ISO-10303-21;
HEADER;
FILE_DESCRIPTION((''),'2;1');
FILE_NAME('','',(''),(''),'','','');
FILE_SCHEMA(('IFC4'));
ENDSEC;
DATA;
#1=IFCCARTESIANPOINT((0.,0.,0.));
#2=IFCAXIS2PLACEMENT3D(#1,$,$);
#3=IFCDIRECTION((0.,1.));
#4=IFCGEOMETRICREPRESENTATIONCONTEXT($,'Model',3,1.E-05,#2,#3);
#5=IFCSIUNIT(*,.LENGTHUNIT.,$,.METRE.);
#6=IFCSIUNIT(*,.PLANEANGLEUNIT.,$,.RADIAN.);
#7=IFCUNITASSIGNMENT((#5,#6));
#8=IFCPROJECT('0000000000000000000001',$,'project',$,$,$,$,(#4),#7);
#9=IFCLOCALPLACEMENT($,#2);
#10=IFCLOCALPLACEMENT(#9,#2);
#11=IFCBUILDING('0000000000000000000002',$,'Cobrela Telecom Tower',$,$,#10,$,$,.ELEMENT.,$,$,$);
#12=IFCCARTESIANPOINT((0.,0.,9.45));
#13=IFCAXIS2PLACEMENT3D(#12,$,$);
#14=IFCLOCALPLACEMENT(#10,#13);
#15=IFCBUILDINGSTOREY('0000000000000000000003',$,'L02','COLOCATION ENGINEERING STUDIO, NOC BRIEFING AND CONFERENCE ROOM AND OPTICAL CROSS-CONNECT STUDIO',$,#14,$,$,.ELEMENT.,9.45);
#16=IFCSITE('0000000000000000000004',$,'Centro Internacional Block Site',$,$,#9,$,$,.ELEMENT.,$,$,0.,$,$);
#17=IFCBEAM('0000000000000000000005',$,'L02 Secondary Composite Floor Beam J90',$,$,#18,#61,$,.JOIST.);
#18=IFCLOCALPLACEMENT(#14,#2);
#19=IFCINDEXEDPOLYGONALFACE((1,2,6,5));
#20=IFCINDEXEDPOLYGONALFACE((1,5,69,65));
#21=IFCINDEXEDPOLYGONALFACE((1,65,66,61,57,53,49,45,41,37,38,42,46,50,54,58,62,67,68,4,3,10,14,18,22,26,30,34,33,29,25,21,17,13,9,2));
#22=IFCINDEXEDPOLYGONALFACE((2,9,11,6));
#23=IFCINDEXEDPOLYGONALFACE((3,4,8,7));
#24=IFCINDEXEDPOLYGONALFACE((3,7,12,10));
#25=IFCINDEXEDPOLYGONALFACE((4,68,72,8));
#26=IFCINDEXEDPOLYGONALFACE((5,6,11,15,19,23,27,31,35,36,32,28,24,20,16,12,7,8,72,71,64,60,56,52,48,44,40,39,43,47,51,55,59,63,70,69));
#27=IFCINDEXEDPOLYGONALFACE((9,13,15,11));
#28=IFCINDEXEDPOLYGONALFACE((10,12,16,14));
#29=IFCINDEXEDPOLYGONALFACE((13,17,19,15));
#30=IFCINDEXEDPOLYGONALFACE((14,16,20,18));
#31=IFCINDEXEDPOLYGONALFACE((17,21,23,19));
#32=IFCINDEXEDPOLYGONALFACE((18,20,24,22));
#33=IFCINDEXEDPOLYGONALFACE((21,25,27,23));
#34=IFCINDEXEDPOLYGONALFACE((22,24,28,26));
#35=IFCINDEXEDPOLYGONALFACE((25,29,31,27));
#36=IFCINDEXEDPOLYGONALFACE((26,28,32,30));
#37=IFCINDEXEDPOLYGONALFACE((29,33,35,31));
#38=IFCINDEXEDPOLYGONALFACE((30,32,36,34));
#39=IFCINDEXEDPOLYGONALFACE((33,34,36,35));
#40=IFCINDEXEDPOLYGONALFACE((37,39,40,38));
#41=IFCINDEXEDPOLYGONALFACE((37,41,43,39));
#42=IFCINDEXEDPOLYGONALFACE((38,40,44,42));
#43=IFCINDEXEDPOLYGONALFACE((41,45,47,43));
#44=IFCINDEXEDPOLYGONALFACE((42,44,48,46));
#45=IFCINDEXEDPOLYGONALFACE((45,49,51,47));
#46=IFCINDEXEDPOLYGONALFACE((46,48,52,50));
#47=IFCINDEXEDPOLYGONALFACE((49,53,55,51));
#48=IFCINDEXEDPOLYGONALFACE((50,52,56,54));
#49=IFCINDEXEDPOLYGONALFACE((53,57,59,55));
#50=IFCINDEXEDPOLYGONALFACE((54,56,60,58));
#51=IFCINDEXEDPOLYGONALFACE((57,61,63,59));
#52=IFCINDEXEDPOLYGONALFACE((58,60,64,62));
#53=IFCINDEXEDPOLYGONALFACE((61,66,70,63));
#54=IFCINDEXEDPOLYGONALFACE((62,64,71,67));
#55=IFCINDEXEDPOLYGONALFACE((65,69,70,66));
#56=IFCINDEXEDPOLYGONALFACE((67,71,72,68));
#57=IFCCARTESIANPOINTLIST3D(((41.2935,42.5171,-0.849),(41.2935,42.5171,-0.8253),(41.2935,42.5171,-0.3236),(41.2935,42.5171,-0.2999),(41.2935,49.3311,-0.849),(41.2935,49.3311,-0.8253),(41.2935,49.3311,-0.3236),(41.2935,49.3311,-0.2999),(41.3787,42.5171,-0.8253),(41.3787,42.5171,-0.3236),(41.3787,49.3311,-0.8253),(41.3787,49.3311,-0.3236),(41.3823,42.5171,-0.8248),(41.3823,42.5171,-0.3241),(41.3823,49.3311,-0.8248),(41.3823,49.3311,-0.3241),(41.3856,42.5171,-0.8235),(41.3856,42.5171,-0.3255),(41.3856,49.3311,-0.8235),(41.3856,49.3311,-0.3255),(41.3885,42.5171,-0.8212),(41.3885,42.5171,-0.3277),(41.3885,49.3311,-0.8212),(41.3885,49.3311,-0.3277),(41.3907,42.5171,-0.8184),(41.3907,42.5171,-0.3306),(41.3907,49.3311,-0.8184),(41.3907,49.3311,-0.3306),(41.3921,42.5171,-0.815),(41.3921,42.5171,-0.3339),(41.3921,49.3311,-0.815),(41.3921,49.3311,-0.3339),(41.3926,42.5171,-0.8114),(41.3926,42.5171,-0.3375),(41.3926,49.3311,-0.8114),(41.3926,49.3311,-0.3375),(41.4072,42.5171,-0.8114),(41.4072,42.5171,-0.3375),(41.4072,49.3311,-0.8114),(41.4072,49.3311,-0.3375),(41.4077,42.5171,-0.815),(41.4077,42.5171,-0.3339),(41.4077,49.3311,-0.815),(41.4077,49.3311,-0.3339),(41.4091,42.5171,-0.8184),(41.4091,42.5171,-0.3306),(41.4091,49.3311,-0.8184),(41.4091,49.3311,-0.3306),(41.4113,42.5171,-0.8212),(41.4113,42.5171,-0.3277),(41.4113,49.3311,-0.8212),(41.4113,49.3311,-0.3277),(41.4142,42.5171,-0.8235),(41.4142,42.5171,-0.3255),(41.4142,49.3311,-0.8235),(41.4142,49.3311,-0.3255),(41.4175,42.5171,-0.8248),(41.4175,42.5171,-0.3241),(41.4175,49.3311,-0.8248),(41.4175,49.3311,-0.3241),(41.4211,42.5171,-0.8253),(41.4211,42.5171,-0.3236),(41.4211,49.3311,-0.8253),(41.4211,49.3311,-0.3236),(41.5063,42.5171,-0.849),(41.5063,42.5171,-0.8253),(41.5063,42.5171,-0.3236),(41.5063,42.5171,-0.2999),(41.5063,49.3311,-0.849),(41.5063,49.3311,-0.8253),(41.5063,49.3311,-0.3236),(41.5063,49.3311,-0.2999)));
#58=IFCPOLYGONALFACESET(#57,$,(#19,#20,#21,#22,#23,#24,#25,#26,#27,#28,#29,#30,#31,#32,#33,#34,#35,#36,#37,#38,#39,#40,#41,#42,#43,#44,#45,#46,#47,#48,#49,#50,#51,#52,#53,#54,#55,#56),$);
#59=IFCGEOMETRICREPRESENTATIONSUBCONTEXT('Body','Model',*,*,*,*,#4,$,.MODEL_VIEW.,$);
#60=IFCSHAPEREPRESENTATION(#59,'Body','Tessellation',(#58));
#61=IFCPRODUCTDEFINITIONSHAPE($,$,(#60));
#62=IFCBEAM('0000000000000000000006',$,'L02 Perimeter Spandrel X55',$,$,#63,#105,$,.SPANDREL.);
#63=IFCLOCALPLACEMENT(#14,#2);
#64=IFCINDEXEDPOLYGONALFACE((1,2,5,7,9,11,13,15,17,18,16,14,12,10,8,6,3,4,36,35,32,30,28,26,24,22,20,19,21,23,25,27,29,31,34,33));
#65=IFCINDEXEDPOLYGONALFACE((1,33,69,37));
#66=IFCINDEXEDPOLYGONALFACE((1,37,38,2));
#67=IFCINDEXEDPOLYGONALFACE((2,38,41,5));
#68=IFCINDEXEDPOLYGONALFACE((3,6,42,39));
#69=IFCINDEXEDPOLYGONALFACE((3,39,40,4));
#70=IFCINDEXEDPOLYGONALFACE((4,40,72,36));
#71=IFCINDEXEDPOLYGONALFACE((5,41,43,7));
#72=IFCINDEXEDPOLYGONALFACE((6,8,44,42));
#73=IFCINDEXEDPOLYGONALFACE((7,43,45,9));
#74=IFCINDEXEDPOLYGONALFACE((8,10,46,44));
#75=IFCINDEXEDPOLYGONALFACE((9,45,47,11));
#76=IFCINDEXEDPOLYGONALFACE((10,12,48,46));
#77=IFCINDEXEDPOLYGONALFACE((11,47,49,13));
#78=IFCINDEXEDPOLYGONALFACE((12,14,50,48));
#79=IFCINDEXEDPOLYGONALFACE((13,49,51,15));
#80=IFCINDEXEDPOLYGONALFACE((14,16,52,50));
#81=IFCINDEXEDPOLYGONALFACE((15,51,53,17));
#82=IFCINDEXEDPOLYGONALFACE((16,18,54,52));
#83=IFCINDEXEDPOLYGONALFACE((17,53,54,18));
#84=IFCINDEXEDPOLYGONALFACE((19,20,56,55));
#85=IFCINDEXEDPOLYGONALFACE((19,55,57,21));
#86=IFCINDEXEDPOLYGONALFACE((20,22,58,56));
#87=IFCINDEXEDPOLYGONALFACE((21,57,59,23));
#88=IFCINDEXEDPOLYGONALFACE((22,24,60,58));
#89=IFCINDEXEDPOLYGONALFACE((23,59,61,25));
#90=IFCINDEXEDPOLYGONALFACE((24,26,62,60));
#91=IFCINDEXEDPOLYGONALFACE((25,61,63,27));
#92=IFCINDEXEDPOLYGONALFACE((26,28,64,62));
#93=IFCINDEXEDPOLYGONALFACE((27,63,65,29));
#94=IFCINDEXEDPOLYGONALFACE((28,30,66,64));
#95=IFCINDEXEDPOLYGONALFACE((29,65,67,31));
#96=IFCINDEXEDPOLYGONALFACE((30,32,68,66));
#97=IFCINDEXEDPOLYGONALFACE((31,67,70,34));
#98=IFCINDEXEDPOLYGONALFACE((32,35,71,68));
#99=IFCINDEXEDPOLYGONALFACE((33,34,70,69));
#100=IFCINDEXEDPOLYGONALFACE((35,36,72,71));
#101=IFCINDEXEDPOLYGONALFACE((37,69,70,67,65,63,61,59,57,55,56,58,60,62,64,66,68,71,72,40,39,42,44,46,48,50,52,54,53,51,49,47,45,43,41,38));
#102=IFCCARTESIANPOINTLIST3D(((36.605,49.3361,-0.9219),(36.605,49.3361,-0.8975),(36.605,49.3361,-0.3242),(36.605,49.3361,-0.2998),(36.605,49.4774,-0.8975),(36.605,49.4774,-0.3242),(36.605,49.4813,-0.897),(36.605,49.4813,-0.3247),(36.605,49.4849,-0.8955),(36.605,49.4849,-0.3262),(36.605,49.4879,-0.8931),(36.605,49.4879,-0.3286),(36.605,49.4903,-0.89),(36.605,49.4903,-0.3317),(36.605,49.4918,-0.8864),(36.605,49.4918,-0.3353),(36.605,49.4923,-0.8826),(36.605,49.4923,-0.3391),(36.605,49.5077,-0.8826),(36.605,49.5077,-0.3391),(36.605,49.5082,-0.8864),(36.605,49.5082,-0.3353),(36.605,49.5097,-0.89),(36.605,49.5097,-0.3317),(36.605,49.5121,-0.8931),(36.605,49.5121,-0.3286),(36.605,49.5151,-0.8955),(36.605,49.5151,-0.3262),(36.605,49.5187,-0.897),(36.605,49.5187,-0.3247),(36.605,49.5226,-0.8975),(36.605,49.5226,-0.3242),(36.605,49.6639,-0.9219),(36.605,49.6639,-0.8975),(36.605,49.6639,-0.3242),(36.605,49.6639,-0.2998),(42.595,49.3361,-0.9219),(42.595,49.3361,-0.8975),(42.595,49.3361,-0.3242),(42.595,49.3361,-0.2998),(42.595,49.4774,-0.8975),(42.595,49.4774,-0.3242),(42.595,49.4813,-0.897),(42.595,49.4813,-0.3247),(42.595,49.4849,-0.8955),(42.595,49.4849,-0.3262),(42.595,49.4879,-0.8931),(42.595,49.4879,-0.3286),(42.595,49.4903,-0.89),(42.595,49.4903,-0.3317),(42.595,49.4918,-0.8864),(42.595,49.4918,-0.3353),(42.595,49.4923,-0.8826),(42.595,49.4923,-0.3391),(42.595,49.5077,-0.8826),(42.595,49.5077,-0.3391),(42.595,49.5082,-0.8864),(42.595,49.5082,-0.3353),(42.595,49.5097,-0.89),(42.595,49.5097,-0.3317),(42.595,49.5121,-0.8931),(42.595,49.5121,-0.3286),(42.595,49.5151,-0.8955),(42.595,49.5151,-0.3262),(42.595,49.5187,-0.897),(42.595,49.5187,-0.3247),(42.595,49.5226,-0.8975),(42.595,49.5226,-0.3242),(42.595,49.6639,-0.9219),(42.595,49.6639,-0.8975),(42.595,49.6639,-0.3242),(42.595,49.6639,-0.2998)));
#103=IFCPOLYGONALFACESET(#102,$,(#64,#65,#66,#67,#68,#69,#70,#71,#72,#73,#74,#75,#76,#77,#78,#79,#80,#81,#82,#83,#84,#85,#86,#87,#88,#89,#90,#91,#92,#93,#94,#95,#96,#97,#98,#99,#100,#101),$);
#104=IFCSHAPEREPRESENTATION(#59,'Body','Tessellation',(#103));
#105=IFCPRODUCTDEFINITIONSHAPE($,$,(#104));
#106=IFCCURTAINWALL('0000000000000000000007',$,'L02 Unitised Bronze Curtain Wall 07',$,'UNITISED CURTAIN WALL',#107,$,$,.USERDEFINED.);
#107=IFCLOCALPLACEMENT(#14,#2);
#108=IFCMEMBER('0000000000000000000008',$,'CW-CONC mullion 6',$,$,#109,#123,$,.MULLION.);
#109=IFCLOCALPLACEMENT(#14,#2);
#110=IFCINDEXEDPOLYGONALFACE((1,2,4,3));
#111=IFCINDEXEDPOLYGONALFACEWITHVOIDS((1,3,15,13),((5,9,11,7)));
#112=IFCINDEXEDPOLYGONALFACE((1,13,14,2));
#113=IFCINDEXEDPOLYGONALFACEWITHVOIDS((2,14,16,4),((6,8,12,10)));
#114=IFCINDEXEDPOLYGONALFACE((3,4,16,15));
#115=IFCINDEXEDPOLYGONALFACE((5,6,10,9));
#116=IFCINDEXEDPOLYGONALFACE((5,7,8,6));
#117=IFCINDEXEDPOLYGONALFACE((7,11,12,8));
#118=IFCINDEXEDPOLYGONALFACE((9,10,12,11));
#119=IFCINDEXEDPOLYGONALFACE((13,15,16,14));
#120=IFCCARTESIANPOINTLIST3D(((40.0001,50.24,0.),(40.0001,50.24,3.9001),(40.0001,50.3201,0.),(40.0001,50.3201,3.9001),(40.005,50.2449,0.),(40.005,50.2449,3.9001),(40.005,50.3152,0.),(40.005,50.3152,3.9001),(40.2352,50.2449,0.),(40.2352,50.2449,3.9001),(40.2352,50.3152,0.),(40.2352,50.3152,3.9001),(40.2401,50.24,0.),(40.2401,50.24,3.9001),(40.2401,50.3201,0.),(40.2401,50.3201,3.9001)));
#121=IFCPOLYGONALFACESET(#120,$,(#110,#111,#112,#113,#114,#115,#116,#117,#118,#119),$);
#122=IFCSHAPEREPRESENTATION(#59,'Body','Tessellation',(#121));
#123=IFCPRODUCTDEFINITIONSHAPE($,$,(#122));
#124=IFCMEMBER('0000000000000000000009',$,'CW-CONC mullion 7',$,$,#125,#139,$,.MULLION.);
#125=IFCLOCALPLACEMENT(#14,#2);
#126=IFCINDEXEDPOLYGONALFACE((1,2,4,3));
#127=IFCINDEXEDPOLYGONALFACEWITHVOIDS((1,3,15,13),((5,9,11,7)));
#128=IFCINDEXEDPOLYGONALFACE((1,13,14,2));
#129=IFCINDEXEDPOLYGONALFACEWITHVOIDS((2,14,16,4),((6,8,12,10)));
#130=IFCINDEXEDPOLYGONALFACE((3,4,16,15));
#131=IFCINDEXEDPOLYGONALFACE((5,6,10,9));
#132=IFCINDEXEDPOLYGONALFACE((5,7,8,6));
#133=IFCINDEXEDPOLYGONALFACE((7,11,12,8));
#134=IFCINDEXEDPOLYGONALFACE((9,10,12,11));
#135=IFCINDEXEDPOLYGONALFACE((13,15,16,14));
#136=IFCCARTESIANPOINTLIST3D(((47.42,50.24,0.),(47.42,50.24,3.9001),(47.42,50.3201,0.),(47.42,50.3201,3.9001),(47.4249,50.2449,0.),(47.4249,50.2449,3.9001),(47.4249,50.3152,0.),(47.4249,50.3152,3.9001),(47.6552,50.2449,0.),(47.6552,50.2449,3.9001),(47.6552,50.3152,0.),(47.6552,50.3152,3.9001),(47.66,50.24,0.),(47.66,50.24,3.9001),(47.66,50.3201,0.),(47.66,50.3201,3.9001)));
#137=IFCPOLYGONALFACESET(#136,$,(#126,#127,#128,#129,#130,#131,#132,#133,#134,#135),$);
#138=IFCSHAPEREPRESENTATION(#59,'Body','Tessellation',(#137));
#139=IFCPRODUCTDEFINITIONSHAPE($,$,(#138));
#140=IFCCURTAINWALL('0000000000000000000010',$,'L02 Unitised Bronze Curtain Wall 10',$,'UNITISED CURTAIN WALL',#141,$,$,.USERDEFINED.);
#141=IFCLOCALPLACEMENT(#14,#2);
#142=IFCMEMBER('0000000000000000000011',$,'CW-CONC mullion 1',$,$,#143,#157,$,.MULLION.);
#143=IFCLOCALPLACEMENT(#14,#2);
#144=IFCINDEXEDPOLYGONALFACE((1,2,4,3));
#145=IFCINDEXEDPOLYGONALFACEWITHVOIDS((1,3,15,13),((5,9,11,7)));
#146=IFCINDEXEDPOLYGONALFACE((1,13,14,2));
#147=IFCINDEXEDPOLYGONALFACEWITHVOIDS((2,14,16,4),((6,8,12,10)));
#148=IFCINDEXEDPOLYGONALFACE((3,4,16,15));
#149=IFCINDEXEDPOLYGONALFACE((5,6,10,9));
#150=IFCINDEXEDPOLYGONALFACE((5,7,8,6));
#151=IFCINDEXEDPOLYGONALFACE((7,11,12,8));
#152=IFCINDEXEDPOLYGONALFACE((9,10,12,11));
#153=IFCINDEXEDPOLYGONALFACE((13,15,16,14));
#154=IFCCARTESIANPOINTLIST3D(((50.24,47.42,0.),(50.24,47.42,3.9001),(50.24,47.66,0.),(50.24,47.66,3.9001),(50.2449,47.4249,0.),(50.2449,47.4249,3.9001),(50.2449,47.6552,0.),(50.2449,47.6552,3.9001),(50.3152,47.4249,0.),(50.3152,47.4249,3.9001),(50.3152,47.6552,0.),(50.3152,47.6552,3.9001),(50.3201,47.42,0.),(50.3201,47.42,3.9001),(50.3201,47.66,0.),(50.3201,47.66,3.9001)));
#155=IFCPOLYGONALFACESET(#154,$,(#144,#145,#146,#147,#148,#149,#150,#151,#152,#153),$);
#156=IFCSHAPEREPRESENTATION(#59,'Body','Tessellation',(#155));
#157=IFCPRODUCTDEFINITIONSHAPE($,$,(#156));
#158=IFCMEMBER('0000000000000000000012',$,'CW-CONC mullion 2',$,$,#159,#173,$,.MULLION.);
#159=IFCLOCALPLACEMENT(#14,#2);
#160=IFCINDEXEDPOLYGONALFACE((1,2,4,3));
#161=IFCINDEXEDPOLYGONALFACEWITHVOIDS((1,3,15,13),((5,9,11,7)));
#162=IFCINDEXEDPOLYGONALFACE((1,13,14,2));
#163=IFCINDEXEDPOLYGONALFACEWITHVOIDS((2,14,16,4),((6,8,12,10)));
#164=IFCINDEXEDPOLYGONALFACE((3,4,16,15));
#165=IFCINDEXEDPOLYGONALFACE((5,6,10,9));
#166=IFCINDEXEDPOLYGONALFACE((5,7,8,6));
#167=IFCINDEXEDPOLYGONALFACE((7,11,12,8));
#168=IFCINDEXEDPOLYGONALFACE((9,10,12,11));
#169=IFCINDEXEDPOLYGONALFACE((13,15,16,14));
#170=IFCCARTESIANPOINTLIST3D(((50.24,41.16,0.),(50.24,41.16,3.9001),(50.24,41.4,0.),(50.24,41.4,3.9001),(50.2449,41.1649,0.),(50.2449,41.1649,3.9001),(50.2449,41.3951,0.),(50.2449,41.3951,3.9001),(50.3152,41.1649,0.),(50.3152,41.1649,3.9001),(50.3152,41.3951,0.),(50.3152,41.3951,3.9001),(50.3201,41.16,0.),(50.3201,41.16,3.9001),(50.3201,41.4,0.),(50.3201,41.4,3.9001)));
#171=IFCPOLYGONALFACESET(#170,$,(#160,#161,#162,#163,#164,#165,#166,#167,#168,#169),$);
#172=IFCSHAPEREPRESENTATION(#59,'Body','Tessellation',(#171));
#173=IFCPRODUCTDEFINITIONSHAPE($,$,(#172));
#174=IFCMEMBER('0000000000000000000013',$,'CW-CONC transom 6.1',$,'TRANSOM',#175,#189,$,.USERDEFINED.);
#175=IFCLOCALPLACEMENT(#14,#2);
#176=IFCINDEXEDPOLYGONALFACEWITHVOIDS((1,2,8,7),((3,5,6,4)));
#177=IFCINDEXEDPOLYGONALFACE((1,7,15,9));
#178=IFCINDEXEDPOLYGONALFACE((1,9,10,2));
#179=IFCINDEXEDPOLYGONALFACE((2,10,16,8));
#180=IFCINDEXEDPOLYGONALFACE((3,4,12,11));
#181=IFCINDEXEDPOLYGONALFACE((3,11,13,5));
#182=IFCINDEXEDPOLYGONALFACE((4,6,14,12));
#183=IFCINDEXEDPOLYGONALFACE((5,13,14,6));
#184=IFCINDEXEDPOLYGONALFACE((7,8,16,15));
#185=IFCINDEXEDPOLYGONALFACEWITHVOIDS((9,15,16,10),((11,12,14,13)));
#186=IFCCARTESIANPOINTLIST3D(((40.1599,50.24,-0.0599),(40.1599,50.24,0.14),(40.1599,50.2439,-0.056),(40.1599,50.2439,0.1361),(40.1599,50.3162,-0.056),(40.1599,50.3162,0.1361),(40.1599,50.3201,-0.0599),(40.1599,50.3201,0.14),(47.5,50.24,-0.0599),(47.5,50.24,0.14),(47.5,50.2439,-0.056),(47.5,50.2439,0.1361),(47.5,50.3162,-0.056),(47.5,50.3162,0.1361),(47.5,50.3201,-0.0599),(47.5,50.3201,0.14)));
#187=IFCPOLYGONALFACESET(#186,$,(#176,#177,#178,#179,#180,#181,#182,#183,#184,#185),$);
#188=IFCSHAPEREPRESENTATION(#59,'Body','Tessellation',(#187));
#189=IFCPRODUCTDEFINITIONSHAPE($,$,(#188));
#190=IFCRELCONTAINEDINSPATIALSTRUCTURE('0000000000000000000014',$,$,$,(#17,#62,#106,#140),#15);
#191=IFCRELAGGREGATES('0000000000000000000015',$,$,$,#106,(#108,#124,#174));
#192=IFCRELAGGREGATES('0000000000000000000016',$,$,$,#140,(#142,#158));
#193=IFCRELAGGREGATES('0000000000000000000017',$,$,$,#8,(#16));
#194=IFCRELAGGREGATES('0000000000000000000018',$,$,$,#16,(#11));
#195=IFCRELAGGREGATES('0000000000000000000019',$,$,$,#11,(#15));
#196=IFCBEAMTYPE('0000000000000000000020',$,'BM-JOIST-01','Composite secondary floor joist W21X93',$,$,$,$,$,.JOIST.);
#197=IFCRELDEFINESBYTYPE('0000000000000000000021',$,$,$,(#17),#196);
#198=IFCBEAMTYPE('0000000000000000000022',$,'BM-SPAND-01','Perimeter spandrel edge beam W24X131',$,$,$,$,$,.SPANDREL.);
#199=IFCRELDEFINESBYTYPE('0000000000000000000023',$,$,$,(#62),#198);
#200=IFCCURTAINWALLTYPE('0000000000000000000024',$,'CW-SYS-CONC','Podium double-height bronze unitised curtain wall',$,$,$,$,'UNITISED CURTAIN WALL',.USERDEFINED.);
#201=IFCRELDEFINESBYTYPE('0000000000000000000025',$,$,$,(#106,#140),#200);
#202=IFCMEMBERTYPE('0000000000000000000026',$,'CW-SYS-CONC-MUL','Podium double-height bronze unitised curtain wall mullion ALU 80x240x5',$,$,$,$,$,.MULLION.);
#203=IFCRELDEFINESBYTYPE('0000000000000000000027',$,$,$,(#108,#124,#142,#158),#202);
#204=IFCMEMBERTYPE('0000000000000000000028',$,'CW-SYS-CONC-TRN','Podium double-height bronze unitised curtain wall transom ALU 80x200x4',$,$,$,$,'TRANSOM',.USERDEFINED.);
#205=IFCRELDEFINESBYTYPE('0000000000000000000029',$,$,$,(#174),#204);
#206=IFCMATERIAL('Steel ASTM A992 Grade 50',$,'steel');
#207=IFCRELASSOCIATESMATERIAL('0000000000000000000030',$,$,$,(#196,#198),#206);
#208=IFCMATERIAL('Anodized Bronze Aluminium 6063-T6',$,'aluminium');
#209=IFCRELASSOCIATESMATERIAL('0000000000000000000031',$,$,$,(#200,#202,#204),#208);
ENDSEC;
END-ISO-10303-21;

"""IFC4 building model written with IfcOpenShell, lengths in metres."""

from ifc_helpers import new_model, si_unit, direction, frame, origin, origin_2d, place, context, subcontext, project, spatial, hollow_rectangle, i_section, extrude, material, material_profile, profile_set, type_object, element, aggregate, save


model = new_model("IFC4")

# Units and contexts
model_context = context("Model", 3, precision=1e-05, world=origin(), true_north=direction((0.0, 1.0)))
body_context = subcontext(model_context, "Body", "Model", "MODEL_VIEW")
ifc_project = project(units=[si_unit("LENGTHUNIT", "METRE"), si_unit("PLANEANGLEUNIT", "RADIAN")], contexts=[model_context])

# Site, building, storey
site_placement = place(None, origin())
site = spatial("IfcSite", under=ifc_project, at=site_placement, Name="Centro Internacional Block Site", CompositionType="ELEMENT", RefElevation=0.0)
building_placement = place(site_placement, origin())
building = spatial("IfcBuilding", under=site, at=building_placement, Name="Cobrela Telecom Tower", CompositionType="ELEMENT")
storey_placement = place(building_placement, frame((0.0, 0.0, 9.45)))
storey = spatial("IfcBuildingStorey", under=building, at=storey_placement, Name="L02", Description="COLOCATION ENGINEERING STUDIO, NOC BRIEFING AND CONFERENCE ROOM AND OPTICAL CROSS-CONNECT STUDIO", CompositionType="ELEMENT", Elevation=9.45)

# Beams
ifc_material_1 = material(Name="Steel ASTM A992 Grade 50", Category="steel")
ifc_material_profile_1 = material_profile(ifc_material_1, i_section(OverallWidth=0.2129, OverallDepth=0.5491, WebThickness=0.0146, FlangeThickness=0.0237, FilletRadius=0.0139, at=origin_2d()), Name="W21X93")
ifc_profile_set_1 = profile_set([ifc_material_profile_1], Name="Steel ASTM A992 Grade 50")
beam_type_1 = type_object("IfcBeamType", Name="BM-JOIST-01", Description="Composite secondary floor joist W21X93", PredefinedType="JOIST", material=ifc_profile_set_1)
beam_1_placement = place(storey_placement, frame((41.3999, 42.5171, -0.5745), z_axis=(0.0, 1.0, 0.0), x_axis=(-1.0, 0.0, 0.0)))
element("IfcBeam", 1, at=beam_1_placement, inside=storey, type_object=beam_type_1, Name="L02 Secondary Composite Floor Beam J90", PredefinedType="JOIST", context=body_context, shape_type="SweptSolid", body=[
    extrude(i_section(OverallWidth=0.2129, OverallDepth=0.5491, WebThickness=0.0146, FlangeThickness=0.0237, FilletRadius=0.0139, at=origin_2d()), origin(), (0.0, 0.0, 1.0), 6.814),
])
ifc_material_profile_2 = material_profile(ifc_material_1, i_section(OverallWidth=0.3279, OverallDepth=0.6221, WebThickness=0.0154, FlangeThickness=0.0244, FilletRadius=0.0149, at=origin_2d()), Name="W24X131")
ifc_profile_set_2 = profile_set([ifc_material_profile_2], Name="Steel ASTM A992 Grade 50")
beam_type_2 = type_object("IfcBeamType", Name="BM-SPAND-01", Description="Perimeter spandrel edge beam W24X131", PredefinedType="SPANDREL", material=ifc_profile_set_2)
beam_2_placement = place(storey_placement, frame((36.605, 49.5, -0.6108), z_axis=(1.0, 0.0, 0.0), x_axis=(0.0, 1.0, 0.0)))
element("IfcBeam", 2, at=beam_2_placement, inside=storey, type_object=beam_type_2, Name="L02 Perimeter Spandrel X55", PredefinedType="SPANDREL", context=body_context, shape_type="SweptSolid", body=[
    extrude(i_section(OverallWidth=0.3279, OverallDepth=0.6221, WebThickness=0.0154, FlangeThickness=0.0244, FilletRadius=0.0149, at=origin_2d()), origin(), (0.0, 0.0, 1.0), 5.99),
])

# Curtain walls, members
ifc_material_2 = material(Name="Anodized Bronze Aluminium 6063-T6", Category="aluminium")
curtain_wall_type = type_object("IfcCurtainWallType", Name="CW-SYS-CONC", Description="Podium double-height bronze unitised curtain wall", ElementType="UNITISED CURTAIN WALL", PredefinedType="USERDEFINED", material=ifc_material_2)
curtain_wall_1_placement = place(storey_placement, origin())
curtain_wall_1 = element("IfcCurtainWall", 3, at=curtain_wall_1_placement, inside=storey, type_object=curtain_wall_type, Name="L02 Unitised Bronze Curtain Wall 07", ObjectType="UNITISED CURTAIN WALL", PredefinedType="USERDEFINED")
ifc_material_profile_3 = material_profile(ifc_material_2, hollow_rectangle(XDim=0.0801, YDim=0.24, WallThickness=0.0049, at=origin_2d()), Name="ALU 80x240x5")
ifc_profile_set_3 = profile_set([ifc_material_profile_3], Name="Anodized Bronze Aluminium 6063-T6")
member_type_1 = type_object("IfcMemberType", Name="CW-SYS-CONC-MUL", Description="Podium double-height bronze unitised curtain wall mullion ALU 80x240x5", PredefinedType="MULLION", material=ifc_profile_set_3)
member_1_placement = place(storey_placement, frame((40.1201, 50.28, 0.0), z_axis=(0.0, 0.0, 1.0), x_axis=(0.0, 1.0, 0.0)))
member_1 = element("IfcMember", 4, at=member_1_placement, type_object=member_type_1, Name="CW-CONC mullion 6", PredefinedType="MULLION", context=body_context, shape_type="SweptSolid", body=[
    extrude(hollow_rectangle(XDim=0.0801, YDim=0.24, WallThickness=0.0049, at=origin_2d()), origin(), (0.0, 0.0, 1.0), 3.9001),
])
member_2_placement = place(storey_placement, frame((47.54, 50.28, 0.0), z_axis=(0.0, 0.0, 1.0), x_axis=(0.0, 1.0, 0.0)))
member_2 = element("IfcMember", 5, at=member_2_placement, type_object=member_type_1, Name="CW-CONC mullion 7", PredefinedType="MULLION", context=body_context, shape_type="SweptSolid", body=[
    extrude(hollow_rectangle(XDim=0.0801, YDim=0.24, WallThickness=0.0049, at=origin_2d()), origin(), (0.0, 0.0, 1.0), 3.9001),
])
curtain_wall_2_placement = place(storey_placement, origin())
curtain_wall_2 = element("IfcCurtainWall", 6, at=curtain_wall_2_placement, inside=storey, type_object=curtain_wall_type, Name="L02 Unitised Bronze Curtain Wall 10", ObjectType="UNITISED CURTAIN WALL", PredefinedType="USERDEFINED")
member_3_placement = place(storey_placement, frame((50.28, 47.54, 0.0), z_axis=(0.0, 0.0, 1.0), x_axis=(1.0, 0.0, 0.0)))
member_3 = element("IfcMember", 7, at=member_3_placement, type_object=member_type_1, Name="CW-CONC mullion 1", PredefinedType="MULLION", context=body_context, shape_type="SweptSolid", body=[
    extrude(hollow_rectangle(XDim=0.0801, YDim=0.24, WallThickness=0.0049, at=origin_2d()), origin(), (0.0, 0.0, 1.0), 3.9001),
])
member_4_placement = place(storey_placement, frame((50.28, 41.28, 0.0), z_axis=(0.0, 0.0, 1.0), x_axis=(1.0, 0.0, 0.0)))
member_4 = element("IfcMember", 8, at=member_4_placement, type_object=member_type_1, Name="CW-CONC mullion 2", PredefinedType="MULLION", context=body_context, shape_type="SweptSolid", body=[
    extrude(hollow_rectangle(XDim=0.0801, YDim=0.24, WallThickness=0.0049, at=origin_2d()), origin(), (0.0, 0.0, 1.0), 3.9001),
])

# Member
ifc_material_profile_4 = material_profile(ifc_material_2, hollow_rectangle(XDim=0.0801, YDim=0.2, WallThickness=0.0039, at=origin_2d()), Name="ALU 80x200x4")
ifc_profile_set_4 = profile_set([ifc_material_profile_4], Name="Anodized Bronze Aluminium 6063-T6")
member_type_2 = type_object("IfcMemberType", Name="CW-SYS-CONC-TRN", Description="Podium double-height bronze unitised curtain wall transom ALU 80x200x4", ElementType="TRANSOM", PredefinedType="USERDEFINED", material=ifc_profile_set_4)
member_5_placement = place(storey_placement, frame((40.1599, 50.28, 0.04), z_axis=(1.0, 0.0, 0.0), x_axis=(0.0, 1.0, 0.0)))
member_5 = element("IfcMember", 9, at=member_5_placement, type_object=member_type_2, Name="CW-CONC transom 6.1", ObjectType="TRANSOM", PredefinedType="USERDEFINED", context=body_context, shape_type="SweptSolid", body=[
    extrude(hollow_rectangle(XDim=0.0801, YDim=0.2, WallThickness=0.0039, at=origin_2d()), origin(), (0.0, 0.0, 1.0), 7.3401),
])

aggregate(curtain_wall_1, [member_1, member_2, member_5])
aggregate(curtain_wall_2, [member_3, member_4])

save(model, "model.ifc")
